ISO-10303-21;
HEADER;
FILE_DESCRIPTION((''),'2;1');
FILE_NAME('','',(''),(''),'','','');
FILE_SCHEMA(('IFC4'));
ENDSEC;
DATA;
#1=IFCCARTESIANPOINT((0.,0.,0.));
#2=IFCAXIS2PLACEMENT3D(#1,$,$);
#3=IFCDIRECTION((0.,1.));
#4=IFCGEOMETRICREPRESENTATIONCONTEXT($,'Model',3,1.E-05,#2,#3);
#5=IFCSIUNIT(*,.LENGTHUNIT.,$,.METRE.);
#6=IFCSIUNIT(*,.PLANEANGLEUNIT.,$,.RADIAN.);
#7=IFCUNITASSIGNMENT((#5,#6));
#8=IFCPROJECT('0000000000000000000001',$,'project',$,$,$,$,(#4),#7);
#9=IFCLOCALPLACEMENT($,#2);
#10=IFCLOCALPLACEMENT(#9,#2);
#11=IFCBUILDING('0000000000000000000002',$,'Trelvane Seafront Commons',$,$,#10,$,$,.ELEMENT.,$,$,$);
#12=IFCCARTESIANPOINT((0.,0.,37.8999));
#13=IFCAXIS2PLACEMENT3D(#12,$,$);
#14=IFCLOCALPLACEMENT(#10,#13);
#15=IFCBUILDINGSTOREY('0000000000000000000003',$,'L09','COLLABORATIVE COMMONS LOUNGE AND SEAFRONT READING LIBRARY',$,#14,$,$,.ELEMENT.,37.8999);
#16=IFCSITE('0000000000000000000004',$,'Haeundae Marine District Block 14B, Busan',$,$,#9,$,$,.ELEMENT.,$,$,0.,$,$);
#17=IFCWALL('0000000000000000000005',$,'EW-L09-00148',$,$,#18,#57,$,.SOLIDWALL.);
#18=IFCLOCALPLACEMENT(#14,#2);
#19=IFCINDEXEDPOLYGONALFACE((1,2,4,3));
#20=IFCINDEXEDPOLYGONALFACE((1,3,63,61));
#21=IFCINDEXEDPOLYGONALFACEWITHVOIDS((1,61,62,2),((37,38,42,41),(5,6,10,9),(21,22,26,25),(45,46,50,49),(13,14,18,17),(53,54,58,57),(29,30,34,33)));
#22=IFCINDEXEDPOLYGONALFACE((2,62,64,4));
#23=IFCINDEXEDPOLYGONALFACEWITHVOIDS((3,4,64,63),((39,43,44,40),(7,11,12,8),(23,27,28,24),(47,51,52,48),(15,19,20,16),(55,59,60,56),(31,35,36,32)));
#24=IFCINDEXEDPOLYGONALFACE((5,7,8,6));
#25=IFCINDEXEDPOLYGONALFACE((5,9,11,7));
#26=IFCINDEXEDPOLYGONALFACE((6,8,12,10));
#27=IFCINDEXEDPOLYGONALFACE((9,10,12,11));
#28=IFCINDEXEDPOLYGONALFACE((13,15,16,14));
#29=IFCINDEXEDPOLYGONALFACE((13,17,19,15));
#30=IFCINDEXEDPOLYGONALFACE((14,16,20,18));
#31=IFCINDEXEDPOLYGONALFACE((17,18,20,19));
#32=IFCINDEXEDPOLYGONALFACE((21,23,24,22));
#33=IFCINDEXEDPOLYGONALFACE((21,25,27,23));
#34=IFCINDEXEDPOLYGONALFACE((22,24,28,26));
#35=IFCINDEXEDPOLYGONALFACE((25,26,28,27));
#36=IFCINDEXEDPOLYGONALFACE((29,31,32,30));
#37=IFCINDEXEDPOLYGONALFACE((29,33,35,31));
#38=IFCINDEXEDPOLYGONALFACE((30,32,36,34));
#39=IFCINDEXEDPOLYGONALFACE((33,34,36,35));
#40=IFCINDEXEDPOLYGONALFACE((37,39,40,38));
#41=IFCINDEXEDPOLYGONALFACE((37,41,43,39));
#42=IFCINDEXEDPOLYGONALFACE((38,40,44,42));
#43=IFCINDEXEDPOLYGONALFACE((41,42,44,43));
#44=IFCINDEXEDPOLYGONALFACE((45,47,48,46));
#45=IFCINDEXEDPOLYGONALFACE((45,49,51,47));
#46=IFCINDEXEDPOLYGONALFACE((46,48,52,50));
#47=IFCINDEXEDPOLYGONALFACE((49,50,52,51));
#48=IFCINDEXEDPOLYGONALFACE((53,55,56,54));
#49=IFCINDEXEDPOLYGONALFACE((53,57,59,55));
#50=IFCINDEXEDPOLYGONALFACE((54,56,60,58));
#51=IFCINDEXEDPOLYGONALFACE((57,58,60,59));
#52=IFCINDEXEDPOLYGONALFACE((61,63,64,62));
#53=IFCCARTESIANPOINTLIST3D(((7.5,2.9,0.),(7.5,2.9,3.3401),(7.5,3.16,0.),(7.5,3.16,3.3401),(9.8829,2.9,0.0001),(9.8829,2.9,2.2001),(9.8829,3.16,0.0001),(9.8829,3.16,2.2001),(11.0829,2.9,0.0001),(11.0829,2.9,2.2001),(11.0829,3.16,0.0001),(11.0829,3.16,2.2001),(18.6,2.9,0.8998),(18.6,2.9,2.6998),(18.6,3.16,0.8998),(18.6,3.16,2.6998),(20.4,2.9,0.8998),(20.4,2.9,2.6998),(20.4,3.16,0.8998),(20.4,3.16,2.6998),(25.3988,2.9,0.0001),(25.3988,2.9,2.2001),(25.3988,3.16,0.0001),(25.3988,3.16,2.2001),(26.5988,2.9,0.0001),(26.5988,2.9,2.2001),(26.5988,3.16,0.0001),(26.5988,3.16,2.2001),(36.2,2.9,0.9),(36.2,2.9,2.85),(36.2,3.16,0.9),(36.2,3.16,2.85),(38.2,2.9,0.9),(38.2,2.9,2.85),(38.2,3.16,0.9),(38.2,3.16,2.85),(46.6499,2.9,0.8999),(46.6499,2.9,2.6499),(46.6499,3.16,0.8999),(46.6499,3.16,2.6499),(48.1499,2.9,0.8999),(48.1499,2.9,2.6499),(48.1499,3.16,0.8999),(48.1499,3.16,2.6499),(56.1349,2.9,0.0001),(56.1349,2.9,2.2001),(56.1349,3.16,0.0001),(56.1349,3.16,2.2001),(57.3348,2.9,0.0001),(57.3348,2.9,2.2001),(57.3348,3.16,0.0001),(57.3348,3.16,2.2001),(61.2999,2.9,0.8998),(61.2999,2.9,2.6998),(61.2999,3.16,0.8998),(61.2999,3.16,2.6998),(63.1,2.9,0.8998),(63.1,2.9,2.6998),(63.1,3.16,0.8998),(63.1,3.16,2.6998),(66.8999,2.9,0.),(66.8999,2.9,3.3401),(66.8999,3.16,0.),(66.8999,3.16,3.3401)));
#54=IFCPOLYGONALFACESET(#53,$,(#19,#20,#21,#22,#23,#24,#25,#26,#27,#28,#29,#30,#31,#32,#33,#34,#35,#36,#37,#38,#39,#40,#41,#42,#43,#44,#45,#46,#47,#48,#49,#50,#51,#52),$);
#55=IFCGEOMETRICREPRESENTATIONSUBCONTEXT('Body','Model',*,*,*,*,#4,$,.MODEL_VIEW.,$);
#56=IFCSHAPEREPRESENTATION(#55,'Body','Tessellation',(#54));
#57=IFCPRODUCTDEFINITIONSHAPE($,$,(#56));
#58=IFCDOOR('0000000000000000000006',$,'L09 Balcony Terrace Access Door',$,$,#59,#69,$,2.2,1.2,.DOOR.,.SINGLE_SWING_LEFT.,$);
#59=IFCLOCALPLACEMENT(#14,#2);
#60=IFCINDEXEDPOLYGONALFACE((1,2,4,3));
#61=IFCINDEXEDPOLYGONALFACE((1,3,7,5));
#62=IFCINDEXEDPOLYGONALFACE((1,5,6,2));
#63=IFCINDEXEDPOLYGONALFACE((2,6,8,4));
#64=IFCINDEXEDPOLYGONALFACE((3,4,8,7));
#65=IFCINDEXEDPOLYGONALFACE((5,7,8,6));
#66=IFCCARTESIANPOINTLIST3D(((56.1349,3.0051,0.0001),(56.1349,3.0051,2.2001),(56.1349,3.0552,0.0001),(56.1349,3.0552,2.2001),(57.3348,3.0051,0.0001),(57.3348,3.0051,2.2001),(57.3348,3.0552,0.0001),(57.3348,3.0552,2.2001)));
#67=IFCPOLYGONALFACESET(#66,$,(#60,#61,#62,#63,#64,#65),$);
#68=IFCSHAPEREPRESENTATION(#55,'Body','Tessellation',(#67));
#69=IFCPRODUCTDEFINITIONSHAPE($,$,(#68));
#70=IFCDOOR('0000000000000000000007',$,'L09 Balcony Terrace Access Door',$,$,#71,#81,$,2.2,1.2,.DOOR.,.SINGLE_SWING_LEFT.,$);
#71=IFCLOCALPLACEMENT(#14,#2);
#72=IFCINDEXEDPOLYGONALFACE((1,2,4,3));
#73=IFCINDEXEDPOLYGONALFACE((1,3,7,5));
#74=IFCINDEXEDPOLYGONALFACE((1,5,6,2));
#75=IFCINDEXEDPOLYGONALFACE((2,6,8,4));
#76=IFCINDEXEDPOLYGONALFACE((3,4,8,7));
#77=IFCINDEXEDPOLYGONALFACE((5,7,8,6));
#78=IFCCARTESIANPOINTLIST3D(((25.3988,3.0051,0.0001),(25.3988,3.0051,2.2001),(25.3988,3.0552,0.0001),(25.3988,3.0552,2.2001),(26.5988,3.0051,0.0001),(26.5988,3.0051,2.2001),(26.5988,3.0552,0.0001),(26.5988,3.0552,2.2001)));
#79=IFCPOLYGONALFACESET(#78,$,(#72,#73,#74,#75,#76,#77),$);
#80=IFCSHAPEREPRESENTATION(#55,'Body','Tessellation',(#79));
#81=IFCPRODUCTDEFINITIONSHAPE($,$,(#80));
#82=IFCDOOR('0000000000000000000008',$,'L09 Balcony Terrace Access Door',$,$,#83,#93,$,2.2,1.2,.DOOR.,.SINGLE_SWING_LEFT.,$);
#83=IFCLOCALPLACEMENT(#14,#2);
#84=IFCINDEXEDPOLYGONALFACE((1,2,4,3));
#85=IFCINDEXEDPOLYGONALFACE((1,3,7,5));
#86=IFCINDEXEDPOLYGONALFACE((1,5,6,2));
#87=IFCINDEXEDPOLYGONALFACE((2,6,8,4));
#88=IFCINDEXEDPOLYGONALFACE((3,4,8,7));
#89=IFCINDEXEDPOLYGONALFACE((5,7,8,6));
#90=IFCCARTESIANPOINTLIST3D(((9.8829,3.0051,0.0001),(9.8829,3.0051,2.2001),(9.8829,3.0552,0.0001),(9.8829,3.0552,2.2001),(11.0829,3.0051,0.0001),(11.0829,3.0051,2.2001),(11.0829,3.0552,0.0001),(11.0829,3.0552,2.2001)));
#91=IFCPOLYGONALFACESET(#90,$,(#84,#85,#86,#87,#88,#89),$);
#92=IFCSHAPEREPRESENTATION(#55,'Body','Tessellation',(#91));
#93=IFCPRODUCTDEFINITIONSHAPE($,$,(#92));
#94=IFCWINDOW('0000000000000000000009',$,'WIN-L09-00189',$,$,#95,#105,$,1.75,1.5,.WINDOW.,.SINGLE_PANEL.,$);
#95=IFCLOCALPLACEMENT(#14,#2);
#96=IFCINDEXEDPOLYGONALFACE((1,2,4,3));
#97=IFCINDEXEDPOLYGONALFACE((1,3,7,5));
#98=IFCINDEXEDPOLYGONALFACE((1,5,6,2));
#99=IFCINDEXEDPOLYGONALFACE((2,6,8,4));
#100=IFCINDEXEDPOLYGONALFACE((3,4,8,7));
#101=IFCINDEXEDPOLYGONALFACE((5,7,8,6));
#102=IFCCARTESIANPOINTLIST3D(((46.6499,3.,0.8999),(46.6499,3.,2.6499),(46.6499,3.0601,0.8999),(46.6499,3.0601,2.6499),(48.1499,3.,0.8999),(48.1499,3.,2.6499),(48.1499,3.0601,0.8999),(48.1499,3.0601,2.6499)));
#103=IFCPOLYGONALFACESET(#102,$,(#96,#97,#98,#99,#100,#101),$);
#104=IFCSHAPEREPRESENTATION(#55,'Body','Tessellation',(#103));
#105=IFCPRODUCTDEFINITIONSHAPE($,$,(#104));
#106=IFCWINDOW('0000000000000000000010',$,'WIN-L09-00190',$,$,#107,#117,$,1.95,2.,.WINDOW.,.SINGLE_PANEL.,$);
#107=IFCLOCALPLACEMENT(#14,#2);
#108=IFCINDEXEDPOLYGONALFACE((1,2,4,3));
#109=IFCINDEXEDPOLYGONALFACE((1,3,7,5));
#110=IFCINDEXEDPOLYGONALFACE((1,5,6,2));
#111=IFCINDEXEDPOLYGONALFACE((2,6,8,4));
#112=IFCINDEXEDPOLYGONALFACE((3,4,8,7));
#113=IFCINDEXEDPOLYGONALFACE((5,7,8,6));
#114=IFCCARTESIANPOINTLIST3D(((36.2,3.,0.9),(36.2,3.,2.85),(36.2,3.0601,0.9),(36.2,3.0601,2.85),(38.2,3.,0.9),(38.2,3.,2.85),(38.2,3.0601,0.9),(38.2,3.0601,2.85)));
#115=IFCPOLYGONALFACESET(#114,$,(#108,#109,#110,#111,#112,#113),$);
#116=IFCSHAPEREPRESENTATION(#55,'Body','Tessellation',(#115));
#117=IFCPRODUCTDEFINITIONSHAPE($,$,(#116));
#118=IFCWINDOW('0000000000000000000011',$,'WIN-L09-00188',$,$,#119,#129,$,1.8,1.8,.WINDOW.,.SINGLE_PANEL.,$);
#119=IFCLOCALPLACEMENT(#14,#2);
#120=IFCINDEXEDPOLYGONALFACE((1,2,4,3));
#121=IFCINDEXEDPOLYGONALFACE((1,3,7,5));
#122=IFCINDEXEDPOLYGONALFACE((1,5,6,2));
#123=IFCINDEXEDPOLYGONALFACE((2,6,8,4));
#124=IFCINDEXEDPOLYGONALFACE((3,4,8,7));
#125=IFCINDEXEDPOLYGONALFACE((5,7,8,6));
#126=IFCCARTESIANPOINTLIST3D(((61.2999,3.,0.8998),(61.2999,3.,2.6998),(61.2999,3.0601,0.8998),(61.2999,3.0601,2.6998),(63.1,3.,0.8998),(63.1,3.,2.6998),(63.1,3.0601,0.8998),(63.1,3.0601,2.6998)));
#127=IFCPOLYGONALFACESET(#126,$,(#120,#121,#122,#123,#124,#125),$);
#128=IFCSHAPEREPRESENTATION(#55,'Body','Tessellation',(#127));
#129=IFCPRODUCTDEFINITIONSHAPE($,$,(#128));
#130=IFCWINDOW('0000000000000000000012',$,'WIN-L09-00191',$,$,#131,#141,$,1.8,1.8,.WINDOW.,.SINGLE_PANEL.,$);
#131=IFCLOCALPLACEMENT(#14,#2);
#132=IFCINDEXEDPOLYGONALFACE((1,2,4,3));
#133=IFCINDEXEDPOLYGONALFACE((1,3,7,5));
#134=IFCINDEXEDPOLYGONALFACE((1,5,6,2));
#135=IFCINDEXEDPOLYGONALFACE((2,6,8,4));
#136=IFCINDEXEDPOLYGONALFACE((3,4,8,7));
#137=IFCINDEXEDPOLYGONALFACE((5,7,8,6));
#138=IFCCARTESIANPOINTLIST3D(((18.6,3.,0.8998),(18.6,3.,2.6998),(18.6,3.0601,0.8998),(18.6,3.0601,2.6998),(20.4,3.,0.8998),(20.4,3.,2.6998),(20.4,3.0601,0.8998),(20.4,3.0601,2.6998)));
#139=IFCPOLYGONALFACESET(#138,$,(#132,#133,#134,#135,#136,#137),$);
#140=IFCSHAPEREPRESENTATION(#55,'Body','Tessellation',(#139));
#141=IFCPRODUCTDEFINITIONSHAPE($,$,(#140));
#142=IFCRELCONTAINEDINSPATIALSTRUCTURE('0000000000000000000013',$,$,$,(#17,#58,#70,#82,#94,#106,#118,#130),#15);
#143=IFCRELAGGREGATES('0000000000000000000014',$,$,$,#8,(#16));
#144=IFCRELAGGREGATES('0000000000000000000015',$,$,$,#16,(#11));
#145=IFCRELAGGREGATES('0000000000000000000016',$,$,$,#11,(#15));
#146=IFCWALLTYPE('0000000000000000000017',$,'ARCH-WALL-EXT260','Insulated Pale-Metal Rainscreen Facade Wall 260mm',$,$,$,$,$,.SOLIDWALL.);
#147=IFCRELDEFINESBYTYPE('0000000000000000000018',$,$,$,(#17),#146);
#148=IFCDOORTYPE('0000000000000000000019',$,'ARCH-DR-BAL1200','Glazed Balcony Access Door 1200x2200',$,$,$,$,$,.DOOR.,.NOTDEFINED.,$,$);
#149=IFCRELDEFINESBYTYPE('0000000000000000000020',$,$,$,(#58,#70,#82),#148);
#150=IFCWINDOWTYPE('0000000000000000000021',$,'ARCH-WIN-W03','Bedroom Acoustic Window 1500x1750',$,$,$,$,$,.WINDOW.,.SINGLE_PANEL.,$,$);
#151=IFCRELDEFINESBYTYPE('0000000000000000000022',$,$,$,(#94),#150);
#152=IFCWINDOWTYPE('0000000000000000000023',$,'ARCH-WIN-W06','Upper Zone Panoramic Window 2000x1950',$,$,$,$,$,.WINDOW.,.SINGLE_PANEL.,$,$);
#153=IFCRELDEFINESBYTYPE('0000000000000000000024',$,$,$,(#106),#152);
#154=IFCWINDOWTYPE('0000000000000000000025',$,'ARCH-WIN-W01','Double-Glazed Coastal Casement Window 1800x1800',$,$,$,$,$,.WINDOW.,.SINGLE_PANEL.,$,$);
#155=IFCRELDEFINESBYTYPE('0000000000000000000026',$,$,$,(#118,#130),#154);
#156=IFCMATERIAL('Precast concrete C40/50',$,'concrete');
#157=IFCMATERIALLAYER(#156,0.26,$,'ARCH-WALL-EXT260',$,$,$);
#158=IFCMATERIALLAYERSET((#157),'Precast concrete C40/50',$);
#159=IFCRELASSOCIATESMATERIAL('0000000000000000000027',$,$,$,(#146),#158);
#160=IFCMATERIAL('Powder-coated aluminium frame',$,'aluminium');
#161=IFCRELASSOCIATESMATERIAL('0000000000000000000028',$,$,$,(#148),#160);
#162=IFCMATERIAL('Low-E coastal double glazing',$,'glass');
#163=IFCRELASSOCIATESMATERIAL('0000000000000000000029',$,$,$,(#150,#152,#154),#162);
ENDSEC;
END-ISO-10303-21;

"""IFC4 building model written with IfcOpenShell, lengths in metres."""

from ifc_helpers import new_model, si_unit, direction, frame, frame_2d, origin, place, context, subcontext, project, spatial, rectangle, extrude, source, transform, mapped, material, layer, layer_set, type_object, element, fill, save


model = new_model("IFC4")

# Units and contexts
model_context = context("Model", 3, precision=1e-05, world=origin(), true_north=direction((0.0, 1.0)))
body_context = subcontext(model_context, "Body", "Model", "MODEL_VIEW")
ifc_project = project(units=[si_unit("LENGTHUNIT", "METRE"), si_unit("PLANEANGLEUNIT", "RADIAN")], contexts=[model_context])

# Site, building, storey
site_placement = place(None, origin())
site = spatial("IfcSite", under=ifc_project, at=site_placement, Name="Haeundae Marine District Block 14B, Busan", CompositionType="ELEMENT", RefElevation=0.0)
building_placement = place(site_placement, origin())
building = spatial("IfcBuilding", under=site, at=building_placement, Name="Trelvane Seafront Commons", CompositionType="ELEMENT")
storey_placement = place(building_placement, frame((0.0, 0.0, 37.8999)))
storey = spatial("IfcBuildingStorey", under=building, at=storey_placement, Name="L09", Description="COLLABORATIVE COMMONS LOUNGE AND SEAFRONT READING LIBRARY", CompositionType="ELEMENT", Elevation=37.8999)

# Shared definitions
ifc_material_1 = material(Name="Precast concrete C40/50", Category="concrete")
ifc_layer_1 = layer(ifc_material_1, 0.26, Name="ARCH-WALL-EXT260")
ifc_layer_set_1 = layer_set([ifc_layer_1], Name="Precast concrete C40/50")
wall_type_1 = type_object("IfcWallType", Name="ARCH-WALL-EXT260", Description="Insulated Pale-Metal Rainscreen Facade Wall 260mm", PredefinedType="SOLIDWALL", material=ifc_layer_set_1)

# Wall, openings, doors, windows
wall_1_placement = place(storey_placement, frame((66.8999, 3.03, 0.0), z_axis=(0.0, 0.0, 1.0), x_axis=(-1.0, 0.0, 0.0)))
wall_1 = element("IfcWall", 1, at=wall_1_placement, inside=storey, type_object=wall_type_1, Name="EW-L09-00148", PredefinedType="SOLIDWALL", context=body_context, shape_type="SweptSolid", body=[
    extrude(rectangle(XDim=59.3999, YDim=0.26, at=frame_2d((29.7, 0.0))), origin(), (0.0, 0.0, 1.0), 3.3401),
])
opening_1_placement = place(wall_1_placement, frame((3.8, 0.0, 0.8999)))
opening_1 = element("IfcOpeningElement", 2, at=opening_1_placement, cuts=wall_1, PredefinedType="OPENING", context=body_context, shape_type="SweptSolid", body=[
    extrude(rectangle(XDim=1.8, YDim=1.8, at=frame_2d((0.8999, 0.8999))), frame((0.0, 0.1399, 0.0), z_axis=(0.0, -1.0, 0.0), x_axis=(1.0, 0.0, 0.0)), (0.0, 0.0, 1.0), 0.28),
])
opening_2_placement = place(wall_1_placement, frame((9.5649, 0.0, 0.0)))
opening_2 = element("IfcOpeningElement", 3, at=opening_2_placement, cuts=wall_1, PredefinedType="OPENING", context=body_context, shape_type="SweptSolid", body=[
    extrude(rectangle(XDim=1.2, YDim=2.2, at=frame_2d((0.6001, 1.1001))), frame((0.0, 0.1399, 0.0), z_axis=(0.0, -1.0, 0.0), x_axis=(1.0, 0.0, 0.0)), (0.0, 0.0, 1.0), 0.28),
])
opening_3_placement = place(wall_1_placement, frame((18.75, 0.0, 0.8999)))
opening_3 = element("IfcOpeningElement", 4, at=opening_3_placement, cuts=wall_1, PredefinedType="OPENING", context=body_context, shape_type="SweptSolid", body=[
    extrude(rectangle(XDim=1.5, YDim=1.75, at=frame_2d((0.75, 0.875))), frame((0.0, 0.1399, 0.0), z_axis=(0.0, -1.0, 0.0), x_axis=(1.0, 0.0, 0.0)), (0.0, 0.0, 1.0), 0.28),
])
opening_4_placement = place(wall_1_placement, frame((28.7, 0.0, 0.8999)))
opening_4 = element("IfcOpeningElement", 5, at=opening_4_placement, cuts=wall_1, PredefinedType="OPENING", context=body_context, shape_type="SweptSolid", body=[
    extrude(rectangle(XDim=2.0, YDim=1.95, at=frame_2d((1.0, 0.9751))), frame((0.0, 0.1399, 0.0), z_axis=(0.0, -1.0, 0.0), x_axis=(1.0, 0.0, 0.0)), (0.0, 0.0, 1.0), 0.28),
])
opening_5_placement = place(wall_1_placement, frame((40.301, 0.0, 0.0)))
opening_5 = element("IfcOpeningElement", 6, at=opening_5_placement, cuts=wall_1, PredefinedType="OPENING", context=body_context, shape_type="SweptSolid", body=[
    extrude(rectangle(XDim=1.2, YDim=2.2, at=frame_2d((0.6001, 1.1001))), frame((0.0, 0.1399, 0.0), z_axis=(0.0, -1.0, 0.0), x_axis=(1.0, 0.0, 0.0)), (0.0, 0.0, 1.0), 0.28),
])
opening_6_placement = place(wall_1_placement, frame((46.5, 0.0, 0.8999)))
opening_6 = element("IfcOpeningElement", 7, at=opening_6_placement, cuts=wall_1, PredefinedType="OPENING", context=body_context, shape_type="SweptSolid", body=[
    extrude(rectangle(XDim=1.8, YDim=1.8, at=frame_2d((0.8999, 0.8999))), frame((0.0, 0.1399, 0.0), z_axis=(0.0, -1.0, 0.0), x_axis=(1.0, 0.0, 0.0)), (0.0, 0.0, 1.0), 0.28),
])
opening_7_placement = place(wall_1_placement, frame((55.8169, 0.0, 0.0)))
opening_7 = element("IfcOpeningElement", 8, at=opening_7_placement, cuts=wall_1, PredefinedType="OPENING", context=body_context, shape_type="SweptSolid", body=[
    extrude(rectangle(XDim=1.2, YDim=2.2, at=frame_2d((0.6001, 1.1001))), frame((0.0, 0.1399, 0.0), z_axis=(0.0, -1.0, 0.0), x_axis=(1.0, 0.0, 0.0)), (0.0, 0.0, 1.0), 0.28),
])
ifc_material_2 = material(Name="Powder-coated aluminium frame", Category="aluminium")
door_type_1 = type_object("IfcDoorType", Name="ARCH-DR-BAL1200", Description="Glazed Balcony Access Door 1200x2200", OperationType="NOTDEFINED", PredefinedType="DOOR", material=ifc_material_2)
shared_shape_1 = source(origin(), body_context, "Body", "SweptSolid", [
    extrude(rectangle(XDim=1.2, YDim=2.2, at=frame_2d((0.6001, 1.1001))), frame((0.0, 0.0249, 0.0), z_axis=(0.0, -1.0, 0.0), x_axis=(1.0, 0.0, 0.0)), (0.0, 0.0, 1.0), 0.05),
])
door_1_placement = place(opening_2_placement, origin())
door_1 = element("IfcDoor", 9, at=door_1_placement, inside=storey, type_object=door_type_1, Name="L09 Balcony Terrace Access Door", OperationType="SINGLE_SWING_LEFT", OverallHeight=2.2, OverallWidth=1.2, PredefinedType="DOOR", context=body_context, shape_type="MappedRepresentation", body=[
    mapped(shared_shape_1, transform((0.0, 0.0, 0.0), x_axis=(1.0, 0.0, 0.0), y_axis=(0.0, 1.0, 0.0), z_axis=(0.0, 0.0, 1.0), scale=1.0)),
])
fill(opening_2, door_1)
door_2_placement = place(opening_5_placement, origin())
door_2 = element("IfcDoor", 10, at=door_2_placement, inside=storey, type_object=door_type_1, Name="L09 Balcony Terrace Access Door", OperationType="SINGLE_SWING_LEFT", OverallHeight=2.2, OverallWidth=1.2, PredefinedType="DOOR", context=body_context, shape_type="MappedRepresentation", body=[
    mapped(shared_shape_1, transform((0.0, 0.0, 0.0), x_axis=(1.0, 0.0, 0.0), y_axis=(0.0, 1.0, 0.0), z_axis=(0.0, 0.0, 1.0), scale=1.0)),
])
fill(opening_5, door_2)
door_3_placement = place(opening_7_placement, origin())
door_3 = element("IfcDoor", 11, at=door_3_placement, inside=storey, type_object=door_type_1, Name="L09 Balcony Terrace Access Door", OperationType="SINGLE_SWING_LEFT", OverallHeight=2.2, OverallWidth=1.2, PredefinedType="DOOR", context=body_context, shape_type="MappedRepresentation", body=[
    mapped(shared_shape_1, transform((0.0, 0.0, 0.0), x_axis=(1.0, 0.0, 0.0), y_axis=(0.0, 1.0, 0.0), z_axis=(0.0, 0.0, 1.0), scale=1.0)),
])
fill(opening_7, door_3)
ifc_material_3 = material(Name="Low-E coastal double glazing", Category="glass")
window_type_1 = type_object("IfcWindowType", Name="ARCH-WIN-W03", Description="Bedroom Acoustic Window 1500x1750", PartitioningType="SINGLE_PANEL", PredefinedType="WINDOW", material=ifc_material_3)
shared_shape_2 = source(origin(), body_context, "Body", "SweptSolid", [
    extrude(rectangle(XDim=1.5, YDim=1.75, at=frame_2d((0.75, 0.875))), frame((0.0, 0.03, 0.0), z_axis=(0.0, -1.0, 0.0), x_axis=(1.0, 0.0, 0.0)), (0.0, 0.0, 1.0), 0.0601),
])
window_1_placement = place(opening_3_placement, origin())
window_1 = element("IfcWindow", 12, at=window_1_placement, inside=storey, type_object=window_type_1, Name="WIN-L09-00189", OverallHeight=1.75, OverallWidth=1.5, PartitioningType="SINGLE_PANEL", PredefinedType="WINDOW", context=body_context, shape_type="MappedRepresentation", body=[
    mapped(shared_shape_2, transform((0.0, 0.0, 0.0), x_axis=(1.0, 0.0, 0.0), y_axis=(0.0, 1.0, 0.0), z_axis=(0.0, 0.0, 1.0), scale=1.0)),
])
fill(opening_3, window_1)
window_type_2 = type_object("IfcWindowType", Name="ARCH-WIN-W06", Description="Upper Zone Panoramic Window 2000x1950", PartitioningType="SINGLE_PANEL", PredefinedType="WINDOW", material=ifc_material_3)
shared_shape_3 = source(origin(), body_context, "Body", "SweptSolid", [
    extrude(rectangle(XDim=2.0, YDim=1.95, at=frame_2d((1.0, 0.9751))), frame((0.0, 0.03, 0.0), z_axis=(0.0, -1.0, 0.0), x_axis=(1.0, 0.0, 0.0)), (0.0, 0.0, 1.0), 0.0601),
])
window_2_placement = place(opening_4_placement, origin())
window_2 = element("IfcWindow", 13, at=window_2_placement, inside=storey, type_object=window_type_2, Name="WIN-L09-00190", OverallHeight=1.95, OverallWidth=2.0, PartitioningType="SINGLE_PANEL", PredefinedType="WINDOW", context=body_context, shape_type="MappedRepresentation", body=[
    mapped(shared_shape_3, transform((0.0, 0.0, 0.0), x_axis=(1.0, 0.0, 0.0), y_axis=(0.0, 1.0, 0.0), z_axis=(0.0, 0.0, 1.0), scale=1.0)),
])
fill(opening_4, window_2)
window_type_3 = type_object("IfcWindowType", Name="ARCH-WIN-W01", Description="Double-Glazed Coastal Casement Window 1800x1800", PartitioningType="SINGLE_PANEL", PredefinedType="WINDOW", material=ifc_material_3)
shared_shape_4 = source(origin(), body_context, "Body", "SweptSolid", [
    extrude(rectangle(XDim=1.8, YDim=1.8, at=frame_2d((0.8999, 0.8999))), frame((0.0, 0.03, 0.0), z_axis=(0.0, -1.0, 0.0), x_axis=(1.0, 0.0, 0.0)), (0.0, 0.0, 1.0), 0.0601),
])
window_3_placement = place(opening_1_placement, origin())
window_3 = element("IfcWindow", 14, at=window_3_placement, inside=storey, type_object=window_type_3, Name="WIN-L09-00188", OverallHeight=1.8, OverallWidth=1.8, PartitioningType="SINGLE_PANEL", PredefinedType="WINDOW", context=body_context, shape_type="MappedRepresentation", body=[
    mapped(shared_shape_4, transform((0.0, 0.0, 0.0), x_axis=(1.0, 0.0, 0.0), y_axis=(0.0, 1.0, 0.0), z_axis=(0.0, 0.0, 1.0), scale=1.0)),
])
fill(opening_1, window_3)
window_4_placement = place(opening_6_placement, origin())
window_4 = element("IfcWindow", 15, at=window_4_placement, inside=storey, type_object=window_type_3, Name="WIN-L09-00191", OverallHeight=1.8, OverallWidth=1.8, PartitioningType="SINGLE_PANEL", PredefinedType="WINDOW", context=body_context, shape_type="MappedRepresentation", body=[
    mapped(shared_shape_4, transform((0.0, 0.0, 0.0), x_axis=(1.0, 0.0, 0.0), y_axis=(0.0, 1.0, 0.0), z_axis=(0.0, 0.0, 1.0), scale=1.0)),
])
fill(opening_6, window_4)

save(model, "model.ifc")
